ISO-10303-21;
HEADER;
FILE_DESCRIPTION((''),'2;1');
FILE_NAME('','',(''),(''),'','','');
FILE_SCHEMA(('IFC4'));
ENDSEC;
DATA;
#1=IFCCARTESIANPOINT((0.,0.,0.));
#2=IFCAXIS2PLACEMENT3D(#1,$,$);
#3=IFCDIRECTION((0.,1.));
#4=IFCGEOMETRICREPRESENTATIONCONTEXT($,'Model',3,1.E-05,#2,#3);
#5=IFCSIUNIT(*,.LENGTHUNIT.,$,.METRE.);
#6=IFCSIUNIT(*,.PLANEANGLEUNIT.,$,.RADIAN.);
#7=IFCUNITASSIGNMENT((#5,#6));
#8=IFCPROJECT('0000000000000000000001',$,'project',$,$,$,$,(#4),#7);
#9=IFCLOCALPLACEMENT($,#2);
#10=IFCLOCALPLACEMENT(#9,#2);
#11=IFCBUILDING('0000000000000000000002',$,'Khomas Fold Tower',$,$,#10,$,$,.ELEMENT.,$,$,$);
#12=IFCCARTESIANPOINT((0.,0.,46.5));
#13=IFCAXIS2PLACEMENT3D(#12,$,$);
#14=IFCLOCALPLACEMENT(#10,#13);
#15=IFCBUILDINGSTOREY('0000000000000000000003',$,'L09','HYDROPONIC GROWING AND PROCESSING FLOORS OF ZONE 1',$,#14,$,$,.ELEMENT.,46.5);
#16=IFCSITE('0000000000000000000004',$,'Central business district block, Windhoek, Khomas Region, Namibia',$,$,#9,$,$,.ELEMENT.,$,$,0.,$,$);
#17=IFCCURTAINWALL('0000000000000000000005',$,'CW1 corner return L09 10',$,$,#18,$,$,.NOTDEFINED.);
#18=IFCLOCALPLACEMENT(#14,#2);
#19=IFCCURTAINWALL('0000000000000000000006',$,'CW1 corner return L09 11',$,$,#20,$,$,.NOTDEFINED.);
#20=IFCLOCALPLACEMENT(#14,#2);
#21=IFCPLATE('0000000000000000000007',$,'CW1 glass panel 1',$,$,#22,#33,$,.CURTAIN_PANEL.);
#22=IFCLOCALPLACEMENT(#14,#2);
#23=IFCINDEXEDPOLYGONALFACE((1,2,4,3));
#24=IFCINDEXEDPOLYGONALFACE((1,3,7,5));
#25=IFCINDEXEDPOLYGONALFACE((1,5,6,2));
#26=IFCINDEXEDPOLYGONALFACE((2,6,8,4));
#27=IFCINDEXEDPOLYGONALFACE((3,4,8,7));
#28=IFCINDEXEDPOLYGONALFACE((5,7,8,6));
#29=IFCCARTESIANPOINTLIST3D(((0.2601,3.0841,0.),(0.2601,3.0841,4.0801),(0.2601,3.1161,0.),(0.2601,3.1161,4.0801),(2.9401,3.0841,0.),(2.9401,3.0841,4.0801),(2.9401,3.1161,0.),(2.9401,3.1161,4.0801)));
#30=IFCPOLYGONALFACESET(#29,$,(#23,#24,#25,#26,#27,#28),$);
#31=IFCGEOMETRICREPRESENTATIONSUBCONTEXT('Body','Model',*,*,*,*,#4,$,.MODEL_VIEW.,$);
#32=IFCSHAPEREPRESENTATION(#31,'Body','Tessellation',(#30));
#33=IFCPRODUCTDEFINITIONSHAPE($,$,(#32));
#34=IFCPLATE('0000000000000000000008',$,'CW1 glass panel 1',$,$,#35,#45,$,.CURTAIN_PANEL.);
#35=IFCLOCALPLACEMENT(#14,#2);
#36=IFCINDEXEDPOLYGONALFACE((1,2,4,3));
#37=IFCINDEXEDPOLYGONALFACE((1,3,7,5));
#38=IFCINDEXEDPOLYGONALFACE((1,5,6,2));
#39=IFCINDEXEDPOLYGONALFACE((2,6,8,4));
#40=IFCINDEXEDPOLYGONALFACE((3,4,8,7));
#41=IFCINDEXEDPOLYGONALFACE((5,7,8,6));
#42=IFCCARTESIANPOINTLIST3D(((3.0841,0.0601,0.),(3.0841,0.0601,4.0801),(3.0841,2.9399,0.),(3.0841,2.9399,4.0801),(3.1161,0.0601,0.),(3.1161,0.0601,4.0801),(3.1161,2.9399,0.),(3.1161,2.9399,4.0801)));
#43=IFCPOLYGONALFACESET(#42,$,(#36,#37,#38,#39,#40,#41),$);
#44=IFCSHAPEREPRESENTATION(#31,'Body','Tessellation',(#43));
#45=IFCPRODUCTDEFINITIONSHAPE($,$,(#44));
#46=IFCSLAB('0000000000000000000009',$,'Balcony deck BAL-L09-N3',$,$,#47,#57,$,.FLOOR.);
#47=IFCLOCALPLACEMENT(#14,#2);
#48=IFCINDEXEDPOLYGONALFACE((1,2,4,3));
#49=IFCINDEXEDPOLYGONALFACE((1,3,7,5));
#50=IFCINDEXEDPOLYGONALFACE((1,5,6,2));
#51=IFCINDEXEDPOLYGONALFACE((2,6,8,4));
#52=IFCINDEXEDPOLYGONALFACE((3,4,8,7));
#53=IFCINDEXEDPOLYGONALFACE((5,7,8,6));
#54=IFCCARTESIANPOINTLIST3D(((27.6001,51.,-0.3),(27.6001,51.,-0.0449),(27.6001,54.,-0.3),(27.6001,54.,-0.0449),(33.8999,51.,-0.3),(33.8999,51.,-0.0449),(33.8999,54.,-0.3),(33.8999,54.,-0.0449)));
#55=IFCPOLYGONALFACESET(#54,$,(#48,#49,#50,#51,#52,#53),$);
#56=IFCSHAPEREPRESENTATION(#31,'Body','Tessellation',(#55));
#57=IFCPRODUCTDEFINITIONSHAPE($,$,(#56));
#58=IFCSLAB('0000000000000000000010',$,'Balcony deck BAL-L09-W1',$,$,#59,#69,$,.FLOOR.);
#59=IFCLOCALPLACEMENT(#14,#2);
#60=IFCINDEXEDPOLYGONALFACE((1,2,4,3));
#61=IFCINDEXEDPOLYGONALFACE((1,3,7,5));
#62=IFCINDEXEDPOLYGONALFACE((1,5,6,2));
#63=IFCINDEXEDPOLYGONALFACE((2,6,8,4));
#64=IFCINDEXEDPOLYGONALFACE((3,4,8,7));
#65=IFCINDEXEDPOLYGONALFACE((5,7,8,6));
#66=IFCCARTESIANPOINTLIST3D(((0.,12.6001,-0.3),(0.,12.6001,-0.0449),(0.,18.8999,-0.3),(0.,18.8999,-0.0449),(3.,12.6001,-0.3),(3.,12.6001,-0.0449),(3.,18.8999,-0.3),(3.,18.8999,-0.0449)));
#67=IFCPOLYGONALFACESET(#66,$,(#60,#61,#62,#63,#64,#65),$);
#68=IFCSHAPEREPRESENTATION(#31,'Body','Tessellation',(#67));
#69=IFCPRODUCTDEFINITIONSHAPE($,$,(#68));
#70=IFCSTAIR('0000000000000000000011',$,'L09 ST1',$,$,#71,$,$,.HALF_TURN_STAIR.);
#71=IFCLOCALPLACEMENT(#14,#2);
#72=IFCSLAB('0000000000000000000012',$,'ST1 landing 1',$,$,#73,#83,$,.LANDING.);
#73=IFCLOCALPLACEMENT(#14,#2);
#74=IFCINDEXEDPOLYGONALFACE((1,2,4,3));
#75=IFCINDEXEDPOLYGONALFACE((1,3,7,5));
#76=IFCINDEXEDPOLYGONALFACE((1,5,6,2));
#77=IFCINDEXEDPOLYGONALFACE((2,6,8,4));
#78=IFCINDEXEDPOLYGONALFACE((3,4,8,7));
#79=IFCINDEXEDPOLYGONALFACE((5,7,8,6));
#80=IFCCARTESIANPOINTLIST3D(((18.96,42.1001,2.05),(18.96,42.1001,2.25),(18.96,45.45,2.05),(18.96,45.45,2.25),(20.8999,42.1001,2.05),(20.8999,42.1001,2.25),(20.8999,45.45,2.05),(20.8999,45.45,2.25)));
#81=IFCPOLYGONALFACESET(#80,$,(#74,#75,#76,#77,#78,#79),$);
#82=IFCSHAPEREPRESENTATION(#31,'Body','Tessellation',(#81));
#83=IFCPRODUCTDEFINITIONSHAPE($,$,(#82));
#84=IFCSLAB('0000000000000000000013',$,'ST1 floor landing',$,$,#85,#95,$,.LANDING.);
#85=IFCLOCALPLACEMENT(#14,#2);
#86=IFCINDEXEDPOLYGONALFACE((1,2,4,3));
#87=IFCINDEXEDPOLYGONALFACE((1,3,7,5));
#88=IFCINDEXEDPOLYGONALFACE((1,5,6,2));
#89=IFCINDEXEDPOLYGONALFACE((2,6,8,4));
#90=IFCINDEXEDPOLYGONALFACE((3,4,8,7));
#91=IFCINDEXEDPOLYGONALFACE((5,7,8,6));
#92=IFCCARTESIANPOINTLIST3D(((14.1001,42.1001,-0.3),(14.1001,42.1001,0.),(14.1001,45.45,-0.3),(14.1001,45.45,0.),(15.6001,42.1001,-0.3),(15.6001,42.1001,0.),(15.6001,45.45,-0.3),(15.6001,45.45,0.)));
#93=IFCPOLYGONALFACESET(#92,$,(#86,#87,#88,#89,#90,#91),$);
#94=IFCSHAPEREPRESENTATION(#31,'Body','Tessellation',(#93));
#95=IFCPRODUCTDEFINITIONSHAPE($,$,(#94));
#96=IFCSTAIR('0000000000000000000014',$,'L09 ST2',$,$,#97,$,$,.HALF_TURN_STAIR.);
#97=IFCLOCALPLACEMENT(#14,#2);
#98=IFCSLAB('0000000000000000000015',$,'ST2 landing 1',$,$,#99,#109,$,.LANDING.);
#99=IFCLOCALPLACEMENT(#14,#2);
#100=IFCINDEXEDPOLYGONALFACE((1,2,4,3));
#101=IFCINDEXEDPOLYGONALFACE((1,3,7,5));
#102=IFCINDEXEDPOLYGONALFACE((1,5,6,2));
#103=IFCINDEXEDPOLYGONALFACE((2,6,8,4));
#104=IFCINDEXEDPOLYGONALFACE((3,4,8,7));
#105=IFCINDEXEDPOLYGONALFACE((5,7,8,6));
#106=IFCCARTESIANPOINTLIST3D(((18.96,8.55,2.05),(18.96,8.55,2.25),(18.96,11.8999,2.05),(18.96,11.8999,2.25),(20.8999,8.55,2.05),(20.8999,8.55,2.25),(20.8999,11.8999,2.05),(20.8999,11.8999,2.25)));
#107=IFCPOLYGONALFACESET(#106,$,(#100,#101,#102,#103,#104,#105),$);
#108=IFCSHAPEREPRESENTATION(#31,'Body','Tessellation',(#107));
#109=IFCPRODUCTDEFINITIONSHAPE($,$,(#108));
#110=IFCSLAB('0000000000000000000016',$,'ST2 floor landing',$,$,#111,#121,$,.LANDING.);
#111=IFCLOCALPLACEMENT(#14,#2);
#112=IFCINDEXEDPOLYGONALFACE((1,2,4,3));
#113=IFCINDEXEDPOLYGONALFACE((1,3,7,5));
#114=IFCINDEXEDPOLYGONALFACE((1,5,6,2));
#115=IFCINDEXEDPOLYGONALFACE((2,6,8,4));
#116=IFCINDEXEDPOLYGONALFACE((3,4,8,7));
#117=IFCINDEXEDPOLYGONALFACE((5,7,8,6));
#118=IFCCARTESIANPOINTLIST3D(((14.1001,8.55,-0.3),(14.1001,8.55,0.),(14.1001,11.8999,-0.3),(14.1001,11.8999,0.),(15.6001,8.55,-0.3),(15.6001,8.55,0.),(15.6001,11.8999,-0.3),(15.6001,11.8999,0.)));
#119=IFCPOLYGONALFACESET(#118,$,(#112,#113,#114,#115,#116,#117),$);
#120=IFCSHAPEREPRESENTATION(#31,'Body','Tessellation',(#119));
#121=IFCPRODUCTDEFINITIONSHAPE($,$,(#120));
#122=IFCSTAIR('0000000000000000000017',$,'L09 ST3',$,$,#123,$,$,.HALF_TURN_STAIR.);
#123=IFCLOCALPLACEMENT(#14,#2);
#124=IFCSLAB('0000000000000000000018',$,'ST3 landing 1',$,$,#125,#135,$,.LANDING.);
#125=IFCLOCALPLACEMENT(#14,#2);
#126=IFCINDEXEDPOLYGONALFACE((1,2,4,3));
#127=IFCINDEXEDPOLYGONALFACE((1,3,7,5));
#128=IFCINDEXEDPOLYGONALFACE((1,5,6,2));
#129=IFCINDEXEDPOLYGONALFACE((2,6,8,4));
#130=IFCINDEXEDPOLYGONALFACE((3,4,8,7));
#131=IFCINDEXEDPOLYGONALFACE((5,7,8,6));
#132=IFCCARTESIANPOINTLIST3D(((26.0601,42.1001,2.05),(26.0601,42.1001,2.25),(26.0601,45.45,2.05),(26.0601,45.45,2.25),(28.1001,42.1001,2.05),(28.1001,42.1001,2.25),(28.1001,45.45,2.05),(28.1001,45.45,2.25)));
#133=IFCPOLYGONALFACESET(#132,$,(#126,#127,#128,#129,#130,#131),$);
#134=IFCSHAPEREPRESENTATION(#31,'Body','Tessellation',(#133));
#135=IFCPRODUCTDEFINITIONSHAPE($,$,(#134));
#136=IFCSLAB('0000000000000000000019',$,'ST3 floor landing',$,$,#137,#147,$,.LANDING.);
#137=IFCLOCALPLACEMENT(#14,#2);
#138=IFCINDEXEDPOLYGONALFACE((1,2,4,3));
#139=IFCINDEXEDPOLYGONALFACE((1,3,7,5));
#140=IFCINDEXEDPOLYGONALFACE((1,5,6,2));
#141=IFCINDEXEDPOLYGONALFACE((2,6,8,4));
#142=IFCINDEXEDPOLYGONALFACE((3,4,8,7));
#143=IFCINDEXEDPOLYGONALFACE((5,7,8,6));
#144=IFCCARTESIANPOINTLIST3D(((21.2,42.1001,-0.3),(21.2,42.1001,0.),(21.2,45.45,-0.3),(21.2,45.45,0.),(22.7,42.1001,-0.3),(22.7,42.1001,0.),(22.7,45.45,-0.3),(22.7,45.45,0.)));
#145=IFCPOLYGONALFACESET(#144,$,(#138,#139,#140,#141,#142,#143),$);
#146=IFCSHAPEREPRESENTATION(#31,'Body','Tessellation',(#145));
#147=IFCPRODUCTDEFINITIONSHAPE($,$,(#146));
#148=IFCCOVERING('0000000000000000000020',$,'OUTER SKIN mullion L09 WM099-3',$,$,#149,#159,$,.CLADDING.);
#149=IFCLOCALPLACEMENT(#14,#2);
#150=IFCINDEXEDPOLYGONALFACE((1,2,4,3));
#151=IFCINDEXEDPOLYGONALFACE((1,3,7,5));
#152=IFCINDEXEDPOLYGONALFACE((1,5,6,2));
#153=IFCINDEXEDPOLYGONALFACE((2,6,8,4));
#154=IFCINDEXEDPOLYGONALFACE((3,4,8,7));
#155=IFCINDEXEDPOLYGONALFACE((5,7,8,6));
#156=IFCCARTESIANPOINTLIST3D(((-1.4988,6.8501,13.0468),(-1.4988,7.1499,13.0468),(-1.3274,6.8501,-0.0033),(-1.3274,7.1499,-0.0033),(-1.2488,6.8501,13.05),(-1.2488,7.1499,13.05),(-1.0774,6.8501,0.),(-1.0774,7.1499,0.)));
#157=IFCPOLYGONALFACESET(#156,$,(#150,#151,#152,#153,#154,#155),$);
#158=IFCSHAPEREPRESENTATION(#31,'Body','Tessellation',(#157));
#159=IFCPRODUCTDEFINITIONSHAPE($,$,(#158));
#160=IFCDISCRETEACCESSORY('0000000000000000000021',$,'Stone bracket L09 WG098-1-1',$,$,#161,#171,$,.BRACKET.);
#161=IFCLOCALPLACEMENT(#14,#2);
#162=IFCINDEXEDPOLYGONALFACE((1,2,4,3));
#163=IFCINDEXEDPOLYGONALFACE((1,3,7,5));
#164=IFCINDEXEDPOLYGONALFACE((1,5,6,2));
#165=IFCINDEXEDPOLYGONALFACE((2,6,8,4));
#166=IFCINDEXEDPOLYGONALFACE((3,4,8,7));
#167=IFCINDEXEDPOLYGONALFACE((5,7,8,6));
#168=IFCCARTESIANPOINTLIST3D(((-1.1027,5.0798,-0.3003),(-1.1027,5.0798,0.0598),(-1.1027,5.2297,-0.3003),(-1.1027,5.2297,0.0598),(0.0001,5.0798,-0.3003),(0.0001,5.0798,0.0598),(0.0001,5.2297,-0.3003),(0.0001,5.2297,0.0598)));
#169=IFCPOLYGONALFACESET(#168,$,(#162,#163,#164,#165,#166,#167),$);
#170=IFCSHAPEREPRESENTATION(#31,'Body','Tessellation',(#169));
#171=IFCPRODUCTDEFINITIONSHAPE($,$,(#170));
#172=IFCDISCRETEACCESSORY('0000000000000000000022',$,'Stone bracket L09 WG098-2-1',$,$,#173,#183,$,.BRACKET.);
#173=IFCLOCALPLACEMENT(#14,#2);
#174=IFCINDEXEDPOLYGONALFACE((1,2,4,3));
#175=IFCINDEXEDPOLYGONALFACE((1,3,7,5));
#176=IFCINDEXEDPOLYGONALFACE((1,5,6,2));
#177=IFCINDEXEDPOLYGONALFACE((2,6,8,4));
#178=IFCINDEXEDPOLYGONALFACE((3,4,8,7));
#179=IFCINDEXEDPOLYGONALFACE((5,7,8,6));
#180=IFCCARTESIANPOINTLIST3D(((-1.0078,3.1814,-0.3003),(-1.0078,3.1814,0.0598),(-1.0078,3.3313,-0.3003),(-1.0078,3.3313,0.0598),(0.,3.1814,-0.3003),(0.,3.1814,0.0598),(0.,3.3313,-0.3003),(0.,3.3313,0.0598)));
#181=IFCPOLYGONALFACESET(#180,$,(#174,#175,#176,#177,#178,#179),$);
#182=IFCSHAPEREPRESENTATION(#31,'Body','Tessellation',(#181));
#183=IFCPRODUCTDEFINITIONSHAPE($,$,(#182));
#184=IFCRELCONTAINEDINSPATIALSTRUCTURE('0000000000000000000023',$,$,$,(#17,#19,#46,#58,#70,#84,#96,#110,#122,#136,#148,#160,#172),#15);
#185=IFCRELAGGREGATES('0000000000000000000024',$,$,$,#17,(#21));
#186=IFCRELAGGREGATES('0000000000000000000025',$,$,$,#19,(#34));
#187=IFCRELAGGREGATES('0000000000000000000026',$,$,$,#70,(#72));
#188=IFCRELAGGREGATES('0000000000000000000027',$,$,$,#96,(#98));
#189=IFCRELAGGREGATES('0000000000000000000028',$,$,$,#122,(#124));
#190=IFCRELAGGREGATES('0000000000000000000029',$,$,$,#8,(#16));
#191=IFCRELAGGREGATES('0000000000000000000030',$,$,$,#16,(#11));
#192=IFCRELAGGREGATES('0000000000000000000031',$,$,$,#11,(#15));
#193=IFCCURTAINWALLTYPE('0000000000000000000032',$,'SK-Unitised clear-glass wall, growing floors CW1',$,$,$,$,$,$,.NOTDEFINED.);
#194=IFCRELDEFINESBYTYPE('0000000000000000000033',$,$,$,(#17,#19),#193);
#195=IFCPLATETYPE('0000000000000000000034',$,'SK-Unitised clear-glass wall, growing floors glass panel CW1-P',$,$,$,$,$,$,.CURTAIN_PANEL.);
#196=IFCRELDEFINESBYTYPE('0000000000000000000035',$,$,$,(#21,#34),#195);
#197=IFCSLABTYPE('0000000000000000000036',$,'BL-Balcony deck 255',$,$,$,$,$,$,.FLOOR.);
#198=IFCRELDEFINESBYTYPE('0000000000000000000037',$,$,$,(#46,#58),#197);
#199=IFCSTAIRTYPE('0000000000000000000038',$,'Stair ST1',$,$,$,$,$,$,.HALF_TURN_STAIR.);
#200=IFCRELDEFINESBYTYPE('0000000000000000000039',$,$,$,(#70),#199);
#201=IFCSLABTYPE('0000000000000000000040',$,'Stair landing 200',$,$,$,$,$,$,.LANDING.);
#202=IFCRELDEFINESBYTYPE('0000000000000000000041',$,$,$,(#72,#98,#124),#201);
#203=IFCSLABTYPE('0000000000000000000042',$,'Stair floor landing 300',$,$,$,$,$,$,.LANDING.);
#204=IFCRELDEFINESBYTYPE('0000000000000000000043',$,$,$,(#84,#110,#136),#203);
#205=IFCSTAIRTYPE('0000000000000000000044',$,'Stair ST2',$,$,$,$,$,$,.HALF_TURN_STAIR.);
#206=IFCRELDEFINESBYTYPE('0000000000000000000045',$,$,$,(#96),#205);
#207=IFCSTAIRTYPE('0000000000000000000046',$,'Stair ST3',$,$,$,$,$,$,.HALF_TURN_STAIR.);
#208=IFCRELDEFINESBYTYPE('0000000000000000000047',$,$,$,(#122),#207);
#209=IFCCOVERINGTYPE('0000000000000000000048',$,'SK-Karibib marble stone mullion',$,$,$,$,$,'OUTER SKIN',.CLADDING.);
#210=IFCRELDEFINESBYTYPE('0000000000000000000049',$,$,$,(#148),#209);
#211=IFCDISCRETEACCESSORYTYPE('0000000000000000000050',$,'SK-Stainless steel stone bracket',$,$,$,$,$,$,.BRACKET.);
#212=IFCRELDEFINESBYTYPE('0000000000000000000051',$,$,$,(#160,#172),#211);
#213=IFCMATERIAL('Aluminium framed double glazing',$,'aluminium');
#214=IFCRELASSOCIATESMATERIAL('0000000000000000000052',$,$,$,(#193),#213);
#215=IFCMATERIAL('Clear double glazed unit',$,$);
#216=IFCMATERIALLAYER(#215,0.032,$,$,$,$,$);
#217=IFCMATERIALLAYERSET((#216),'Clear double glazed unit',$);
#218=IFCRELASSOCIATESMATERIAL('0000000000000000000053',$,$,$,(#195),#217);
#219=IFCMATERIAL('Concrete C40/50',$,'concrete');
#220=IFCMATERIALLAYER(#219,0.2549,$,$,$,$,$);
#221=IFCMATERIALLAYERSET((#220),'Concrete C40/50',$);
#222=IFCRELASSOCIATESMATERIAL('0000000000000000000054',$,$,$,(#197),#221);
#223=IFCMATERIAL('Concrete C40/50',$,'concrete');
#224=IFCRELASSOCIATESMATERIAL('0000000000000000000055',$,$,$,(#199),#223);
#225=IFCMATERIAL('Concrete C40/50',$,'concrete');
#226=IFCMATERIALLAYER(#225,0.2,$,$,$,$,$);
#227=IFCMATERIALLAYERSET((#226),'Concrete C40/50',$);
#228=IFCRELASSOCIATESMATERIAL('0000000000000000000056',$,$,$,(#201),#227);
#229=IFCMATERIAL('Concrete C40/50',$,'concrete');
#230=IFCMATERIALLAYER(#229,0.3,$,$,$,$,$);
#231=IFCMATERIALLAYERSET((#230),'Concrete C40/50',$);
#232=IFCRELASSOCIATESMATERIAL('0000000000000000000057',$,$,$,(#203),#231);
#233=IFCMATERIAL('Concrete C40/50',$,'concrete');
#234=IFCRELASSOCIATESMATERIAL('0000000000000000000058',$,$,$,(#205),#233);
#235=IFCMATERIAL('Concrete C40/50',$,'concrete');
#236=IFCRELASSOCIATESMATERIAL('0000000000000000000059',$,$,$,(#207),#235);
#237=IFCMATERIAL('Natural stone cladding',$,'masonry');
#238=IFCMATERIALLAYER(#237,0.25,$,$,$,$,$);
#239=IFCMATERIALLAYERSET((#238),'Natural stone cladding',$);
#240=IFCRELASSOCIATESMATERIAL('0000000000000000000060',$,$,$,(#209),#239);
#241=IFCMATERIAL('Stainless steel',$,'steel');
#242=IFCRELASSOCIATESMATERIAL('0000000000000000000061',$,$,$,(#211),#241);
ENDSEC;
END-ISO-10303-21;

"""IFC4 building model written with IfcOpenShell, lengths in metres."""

from ifc_helpers import new_model, si_unit, direction, frame, origin, origin_2d, place, context, subcontext, project, spatial, polyline, rectangle, outline, extrude, source, transform, mapped, material, layer, layer_set, type_object, element, aggregate, save


model = new_model("IFC4")

# Units and contexts
model_context = context("Model", 3, precision=1e-05, world=origin(), true_north=direction((0.0, 1.0)))
body_context = subcontext(model_context, "Body", "Model", "MODEL_VIEW")
ifc_project = project(units=[si_unit("LENGTHUNIT", "METRE"), si_unit("PLANEANGLEUNIT", "RADIAN")], contexts=[model_context])

# Site, building, storey
site_placement = place(None, origin())
site = spatial("IfcSite", under=ifc_project, at=site_placement, Name="Central business district block, Windhoek, Khomas Region, Namibia", CompositionType="ELEMENT", RefElevation=0.0)
building_placement = place(site_placement, origin())
building = spatial("IfcBuilding", under=site, at=building_placement, Name="Khomas Fold Tower", CompositionType="ELEMENT")
storey_placement = place(building_placement, frame((0.0, 0.0, 46.5)))
storey = spatial("IfcBuildingStorey", under=building, at=storey_placement, Name="L09", Description="HYDROPONIC GROWING AND PROCESSING FLOORS OF ZONE 1", CompositionType="ELEMENT", Elevation=46.5)

# Curtain wall
ifc_material_1 = material(Name="Aluminium framed double glazing", Category="aluminium")
curtain_wall_type = type_object("IfcCurtainWallType", Name="SK-Unitised clear-glass wall, growing floors CW1", PredefinedType="NOTDEFINED", material=ifc_material_1)
curtain_wall_1_placement = place(storey_placement, origin())
curtain_wall_1 = element("IfcCurtainWall", 1, at=curtain_wall_1_placement, inside=storey, type_object=curtain_wall_type, Name="CW1 corner return L09 10", PredefinedType="NOTDEFINED")

# Curtain wall
curtain_wall_2_placement = place(storey_placement, origin())
curtain_wall_2 = element("IfcCurtainWall", 2, at=curtain_wall_2_placement, inside=storey, type_object=curtain_wall_type, Name="CW1 corner return L09 11", PredefinedType="NOTDEFINED")

# Plates
ifc_material_2 = material(Name="Clear double glazed unit")
ifc_layer_1 = layer(ifc_material_2, 0.032)
ifc_layer_set_1 = layer_set([ifc_layer_1], Name="Clear double glazed unit")
plate_type_1 = type_object("IfcPlateType", Name="SK-Unitised clear-glass wall, growing floors glass panel CW1-P", PredefinedType="CURTAIN_PANEL", material=ifc_layer_set_1)
shared_shape_1 = source(origin(), body_context, "Body", "SweptSolid", [
    extrude(rectangle(XDim=2.6799, YDim=0.032, at=origin_2d()), origin(), (0.0, 0.0, 1.0), 4.0801),
])
plate_1_placement = place(storey_placement, frame((1.6001, 3.1001, 0.0), z_axis=(0.0, 0.0, 1.0), x_axis=(1.0, 0.0, 0.0)))
plate_1 = element("IfcPlate", 3, at=plate_1_placement, type_object=plate_type_1, Name="CW1 glass panel 1", PredefinedType="CURTAIN_PANEL", context=body_context, shape_type="MappedRepresentation", body=[
    mapped(shared_shape_1, transform((0.0, 0.0, 0.0))),
])
aggregate(curtain_wall_1, [plate_1])
shared_shape_2 = source(origin(), body_context, "Body", "SweptSolid", [
    extrude(rectangle(XDim=2.8799, YDim=0.032, at=origin_2d()), origin(), (0.0, 0.0, 1.0), 4.0801),
])
plate_2_placement = place(storey_placement, frame((3.1001, 1.5, 0.0), z_axis=(0.0, 0.0, 1.0), x_axis=(0.0, -1.0, 0.0)))
plate_2 = element("IfcPlate", 4, at=plate_2_placement, type_object=plate_type_1, Name="CW1 glass panel 1", PredefinedType="CURTAIN_PANEL", context=body_context, shape_type="MappedRepresentation", body=[
    mapped(shared_shape_2, transform((0.0, 0.0, 0.0))),
])
aggregate(curtain_wall_2, [plate_2])

# Slabs
ifc_material_3 = material(Name="Concrete C40/50", Category="concrete")
ifc_layer_2 = layer(ifc_material_3, 0.2549)
ifc_layer_set_2 = layer_set([ifc_layer_2], Name="Concrete C40/50")
slab_type_1 = type_object("IfcSlabType", Name="BL-Balcony deck 255", PredefinedType="FLOOR", material=ifc_layer_set_2)
shared_shape_3 = source(origin(), body_context, "Body", "SweptSolid", [
    extrude(outline(polyline([(27.6001, 51.0), (33.8999, 51.0), (33.8999, 54.0), (27.6001, 54.0), (27.6001, 51.0)])), origin(), (0.0, 0.0, 1.0), 0.2551),
])
slab_1_placement = place(storey_placement, frame((0.0, 0.0, -0.3)))
element("IfcSlab", 5, at=slab_1_placement, inside=storey, type_object=slab_type_1, Name="Balcony deck BAL-L09-N3", PredefinedType="FLOOR", context=body_context, shape_type="MappedRepresentation", body=[
    mapped(shared_shape_3, transform((0.0, 0.0, 0.0))),
])
shared_shape_4 = source(origin(), body_context, "Body", "SweptSolid", [
    extrude(outline(polyline([(0.0, 12.6001), (3.0, 12.6001), (3.0, 18.8999), (0.0, 18.8999), (0.0, 12.6001)])), origin(), (0.0, 0.0, 1.0), 0.2551),
])
slab_2_placement = place(storey_placement, frame((0.0, 0.0, -0.3)))
element("IfcSlab", 6, at=slab_2_placement, inside=storey, type_object=slab_type_1, Name="Balcony deck BAL-L09-W1", PredefinedType="FLOOR", context=body_context, shape_type="MappedRepresentation", body=[
    mapped(shared_shape_4, transform((0.0, 0.0, 0.0))),
])

# Stair, slab
ifc_material_4 = material(Name="Concrete C40/50", Category="concrete")
stair_type_1 = type_object("IfcStairType", Name="Stair ST1", PredefinedType="HALF_TURN_STAIR", material=ifc_material_4)
stair_1_placement = place(storey_placement, origin())
stair_1 = element("IfcStair", 7, at=stair_1_placement, inside=storey, type_object=stair_type_1, Name="L09 ST1", PredefinedType="HALF_TURN_STAIR")
ifc_material_5 = material(Name="Concrete C40/50", Category="concrete")
ifc_layer_3 = layer(ifc_material_5, 0.2)
ifc_layer_set_3 = layer_set([ifc_layer_3], Name="Concrete C40/50")
slab_type_2 = type_object("IfcSlabType", Name="Stair landing 200", PredefinedType="LANDING", material=ifc_layer_set_3)
shared_shape_5 = source(origin(), body_context, "Body", "SweptSolid", [
    extrude(outline(polyline([(18.96, 42.1001), (20.8999, 42.1001), (20.8999, 45.45), (18.96, 45.45), (18.96, 42.1001)])), origin(), (0.0, 0.0, 1.0), 0.2),
])
slab_3_placement = place(storey_placement, frame((0.0, 0.0, 2.05)))
slab_3 = element("IfcSlab", 8, at=slab_3_placement, type_object=slab_type_2, Name="ST1 landing 1", PredefinedType="LANDING", context=body_context, shape_type="MappedRepresentation", body=[
    mapped(shared_shape_5, transform((0.0, 0.0, 0.0))),
])
aggregate(stair_1, [slab_3])

# Slab
ifc_material_6 = material(Name="Concrete C40/50", Category="concrete")
ifc_layer_4 = layer(ifc_material_6, 0.3)
ifc_layer_set_4 = layer_set([ifc_layer_4], Name="Concrete C40/50")
slab_type_3 = type_object("IfcSlabType", Name="Stair floor landing 300", PredefinedType="LANDING", material=ifc_layer_set_4)
shared_shape_6 = source(origin(), body_context, "Body", "SweptSolid", [
    extrude(outline(polyline([(15.6001, 42.1001), (14.1001, 42.1001), (14.1001, 45.45), (15.6001, 45.45), (15.6001, 42.1001)])), origin(), (0.0, 0.0, 1.0), 0.3),
])
slab_4_placement = place(storey_placement, frame((0.0, 0.0, -0.3)))
element("IfcSlab", 9, at=slab_4_placement, inside=storey, type_object=slab_type_3, Name="ST1 floor landing", PredefinedType="LANDING", context=body_context, shape_type="MappedRepresentation", body=[
    mapped(shared_shape_6, transform((0.0, 0.0, 0.0))),
])

# Stair, slab
ifc_material_7 = material(Name="Concrete C40/50", Category="concrete")
stair_type_2 = type_object("IfcStairType", Name="Stair ST2", PredefinedType="HALF_TURN_STAIR", material=ifc_material_7)
stair_2_placement = place(storey_placement, origin())
stair_2 = element("IfcStair", 10, at=stair_2_placement, inside=storey, type_object=stair_type_2, Name="L09 ST2", PredefinedType="HALF_TURN_STAIR")
shared_shape_7 = source(origin(), body_context, "Body", "SweptSolid", [
    extrude(outline(polyline([(18.96, 8.55), (20.8999, 8.55), (20.8999, 11.8999), (18.96, 11.8999), (18.96, 8.55)])), origin(), (0.0, 0.0, 1.0), 0.2),
])
slab_5_placement = place(storey_placement, frame((0.0, 0.0, 2.05)))
slab_5 = element("IfcSlab", 11, at=slab_5_placement, type_object=slab_type_2, Name="ST2 landing 1", PredefinedType="LANDING", context=body_context, shape_type="MappedRepresentation", body=[
    mapped(shared_shape_7, transform((0.0, 0.0, 0.0))),
])
aggregate(stair_2, [slab_5])

# Slab
shared_shape_8 = source(origin(), body_context, "Body", "SweptSolid", [
    extrude(outline(polyline([(15.6001, 8.55), (14.1001, 8.55), (14.1001, 11.8999), (15.6001, 11.8999), (15.6001, 8.55)])), origin(), (0.0, 0.0, 1.0), 0.3),
])
slab_6_placement = place(storey_placement, frame((0.0, 0.0, -0.3)))
element("IfcSlab", 12, at=slab_6_placement, inside=storey, type_object=slab_type_3, Name="ST2 floor landing", PredefinedType="LANDING", context=body_context, shape_type="MappedRepresentation", body=[
    mapped(shared_shape_8, transform((0.0, 0.0, 0.0))),
])

# Stair, slab
ifc_material_8 = material(Name="Concrete C40/50", Category="concrete")
stair_type_3 = type_object("IfcStairType", Name="Stair ST3", PredefinedType="HALF_TURN_STAIR", material=ifc_material_8)
stair_3_placement = place(storey_placement, origin())
stair_3 = element("IfcStair", 13, at=stair_3_placement, inside=storey, type_object=stair_type_3, Name="L09 ST3", PredefinedType="HALF_TURN_STAIR")
shared_shape_9 = source(origin(), body_context, "Body", "SweptSolid", [
    extrude(outline(polyline([(26.0601, 42.1001), (28.1001, 42.1001), (28.1001, 45.45), (26.0601, 45.45), (26.0601, 42.1001)])), origin(), (0.0, 0.0, 1.0), 0.2),
])
slab_7_placement = place(storey_placement, frame((0.0, 0.0, 2.05)))
slab_7 = element("IfcSlab", 14, at=slab_7_placement, type_object=slab_type_2, Name="ST3 landing 1", PredefinedType="LANDING", context=body_context, shape_type="MappedRepresentation", body=[
    mapped(shared_shape_9, transform((0.0, 0.0, 0.0))),
])
aggregate(stair_3, [slab_7])

# Slab
shared_shape_10 = source(origin(), body_context, "Body", "SweptSolid", [
    extrude(outline(polyline([(22.7, 42.1001), (21.2, 42.1001), (21.2, 45.45), (22.7, 45.45), (22.7, 42.1001)])), origin(), (0.0, 0.0, 1.0), 0.3),
])
slab_8_placement = place(storey_placement, frame((0.0, 0.0, -0.3)))
element("IfcSlab", 15, at=slab_8_placement, inside=storey, type_object=slab_type_3, Name="ST3 floor landing", PredefinedType="LANDING", context=body_context, shape_type="MappedRepresentation", body=[
    mapped(shared_shape_10, transform((0.0, 0.0, 0.0))),
])

# Covering
ifc_material_9 = material(Name="Natural stone cladding", Category="masonry")
ifc_layer_5 = layer(ifc_material_9, 0.25)
ifc_layer_set_5 = layer_set([ifc_layer_5], Name="Natural stone cladding")
covering_type = type_object("IfcCoveringType", Name="SK-Karibib marble stone mullion", ElementType="OUTER SKIN", PredefinedType="CLADDING", material=ifc_layer_set_5)
covering_placement = place(storey_placement, frame((-1.0774, 6.8501, 0.0), z_axis=(0.999914, 0.0, 0.013132), x_axis=(-0.013132, 0.0, 0.999914)))
element("IfcCovering", 16, at=covering_placement, inside=storey, type_object=covering_type, Name="OUTER SKIN mullion L09 WM099-3", PredefinedType="CLADDING", context=body_context, shape_type="SweptSolid", body=[
    extrude(outline(polyline([(0.0, 0.0), (13.0512, 0.0), (13.0512, -0.2998), (0.0, -0.2998), (0.0, 0.0)])), origin(), (0.0, 0.0, -1.0), 0.25),
])

# Discrete accessories
ifc_material_10 = material(Name="Stainless steel", Category="steel")
discrete_accessory_type = type_object("IfcDiscreteAccessoryType", Name="SK-Stainless steel stone bracket", PredefinedType="BRACKET", material=ifc_material_10)
shared_shape_11 = source(origin(), body_context, "Body", "SweptSolid", [
    extrude(rectangle(XDim=1.1028, YDim=0.1499, at=origin_2d()), origin(), (0.0, 0.0, 1.0), 0.3601),
])
discrete_accessory_1_placement = place(storey_placement, frame((-0.5513, 5.1548, -0.3003), z_axis=(0.0, 0.0, 1.0), x_axis=(-1.0, 0.0, 0.0)))
element("IfcDiscreteAccessory", 17, at=discrete_accessory_1_placement, inside=storey, type_object=discrete_accessory_type, Name="Stone bracket L09 WG098-1-1", PredefinedType="BRACKET", context=body_context, shape_type="MappedRepresentation", body=[
    mapped(shared_shape_11, transform((0.0, 0.0, 0.0))),
])
shared_shape_12 = source(origin(), body_context, "Body", "SweptSolid", [
    extrude(rectangle(XDim=1.0078, YDim=0.1499, at=origin_2d()), origin(), (0.0, 0.0, 1.0), 0.3601),
])
discrete_accessory_2_placement = place(storey_placement, frame((-0.5039, 3.2563, -0.3003), z_axis=(0.0, 0.0, 1.0), x_axis=(-1.0, 0.0, 0.0)))
element("IfcDiscreteAccessory", 18, at=discrete_accessory_2_placement, inside=storey, type_object=discrete_accessory_type, Name="Stone bracket L09 WG098-2-1", PredefinedType="BRACKET", context=body_context, shape_type="MappedRepresentation", body=[
    mapped(shared_shape_12, transform((0.0, 0.0, 0.0))),
])

save(model, "model.ifc")
